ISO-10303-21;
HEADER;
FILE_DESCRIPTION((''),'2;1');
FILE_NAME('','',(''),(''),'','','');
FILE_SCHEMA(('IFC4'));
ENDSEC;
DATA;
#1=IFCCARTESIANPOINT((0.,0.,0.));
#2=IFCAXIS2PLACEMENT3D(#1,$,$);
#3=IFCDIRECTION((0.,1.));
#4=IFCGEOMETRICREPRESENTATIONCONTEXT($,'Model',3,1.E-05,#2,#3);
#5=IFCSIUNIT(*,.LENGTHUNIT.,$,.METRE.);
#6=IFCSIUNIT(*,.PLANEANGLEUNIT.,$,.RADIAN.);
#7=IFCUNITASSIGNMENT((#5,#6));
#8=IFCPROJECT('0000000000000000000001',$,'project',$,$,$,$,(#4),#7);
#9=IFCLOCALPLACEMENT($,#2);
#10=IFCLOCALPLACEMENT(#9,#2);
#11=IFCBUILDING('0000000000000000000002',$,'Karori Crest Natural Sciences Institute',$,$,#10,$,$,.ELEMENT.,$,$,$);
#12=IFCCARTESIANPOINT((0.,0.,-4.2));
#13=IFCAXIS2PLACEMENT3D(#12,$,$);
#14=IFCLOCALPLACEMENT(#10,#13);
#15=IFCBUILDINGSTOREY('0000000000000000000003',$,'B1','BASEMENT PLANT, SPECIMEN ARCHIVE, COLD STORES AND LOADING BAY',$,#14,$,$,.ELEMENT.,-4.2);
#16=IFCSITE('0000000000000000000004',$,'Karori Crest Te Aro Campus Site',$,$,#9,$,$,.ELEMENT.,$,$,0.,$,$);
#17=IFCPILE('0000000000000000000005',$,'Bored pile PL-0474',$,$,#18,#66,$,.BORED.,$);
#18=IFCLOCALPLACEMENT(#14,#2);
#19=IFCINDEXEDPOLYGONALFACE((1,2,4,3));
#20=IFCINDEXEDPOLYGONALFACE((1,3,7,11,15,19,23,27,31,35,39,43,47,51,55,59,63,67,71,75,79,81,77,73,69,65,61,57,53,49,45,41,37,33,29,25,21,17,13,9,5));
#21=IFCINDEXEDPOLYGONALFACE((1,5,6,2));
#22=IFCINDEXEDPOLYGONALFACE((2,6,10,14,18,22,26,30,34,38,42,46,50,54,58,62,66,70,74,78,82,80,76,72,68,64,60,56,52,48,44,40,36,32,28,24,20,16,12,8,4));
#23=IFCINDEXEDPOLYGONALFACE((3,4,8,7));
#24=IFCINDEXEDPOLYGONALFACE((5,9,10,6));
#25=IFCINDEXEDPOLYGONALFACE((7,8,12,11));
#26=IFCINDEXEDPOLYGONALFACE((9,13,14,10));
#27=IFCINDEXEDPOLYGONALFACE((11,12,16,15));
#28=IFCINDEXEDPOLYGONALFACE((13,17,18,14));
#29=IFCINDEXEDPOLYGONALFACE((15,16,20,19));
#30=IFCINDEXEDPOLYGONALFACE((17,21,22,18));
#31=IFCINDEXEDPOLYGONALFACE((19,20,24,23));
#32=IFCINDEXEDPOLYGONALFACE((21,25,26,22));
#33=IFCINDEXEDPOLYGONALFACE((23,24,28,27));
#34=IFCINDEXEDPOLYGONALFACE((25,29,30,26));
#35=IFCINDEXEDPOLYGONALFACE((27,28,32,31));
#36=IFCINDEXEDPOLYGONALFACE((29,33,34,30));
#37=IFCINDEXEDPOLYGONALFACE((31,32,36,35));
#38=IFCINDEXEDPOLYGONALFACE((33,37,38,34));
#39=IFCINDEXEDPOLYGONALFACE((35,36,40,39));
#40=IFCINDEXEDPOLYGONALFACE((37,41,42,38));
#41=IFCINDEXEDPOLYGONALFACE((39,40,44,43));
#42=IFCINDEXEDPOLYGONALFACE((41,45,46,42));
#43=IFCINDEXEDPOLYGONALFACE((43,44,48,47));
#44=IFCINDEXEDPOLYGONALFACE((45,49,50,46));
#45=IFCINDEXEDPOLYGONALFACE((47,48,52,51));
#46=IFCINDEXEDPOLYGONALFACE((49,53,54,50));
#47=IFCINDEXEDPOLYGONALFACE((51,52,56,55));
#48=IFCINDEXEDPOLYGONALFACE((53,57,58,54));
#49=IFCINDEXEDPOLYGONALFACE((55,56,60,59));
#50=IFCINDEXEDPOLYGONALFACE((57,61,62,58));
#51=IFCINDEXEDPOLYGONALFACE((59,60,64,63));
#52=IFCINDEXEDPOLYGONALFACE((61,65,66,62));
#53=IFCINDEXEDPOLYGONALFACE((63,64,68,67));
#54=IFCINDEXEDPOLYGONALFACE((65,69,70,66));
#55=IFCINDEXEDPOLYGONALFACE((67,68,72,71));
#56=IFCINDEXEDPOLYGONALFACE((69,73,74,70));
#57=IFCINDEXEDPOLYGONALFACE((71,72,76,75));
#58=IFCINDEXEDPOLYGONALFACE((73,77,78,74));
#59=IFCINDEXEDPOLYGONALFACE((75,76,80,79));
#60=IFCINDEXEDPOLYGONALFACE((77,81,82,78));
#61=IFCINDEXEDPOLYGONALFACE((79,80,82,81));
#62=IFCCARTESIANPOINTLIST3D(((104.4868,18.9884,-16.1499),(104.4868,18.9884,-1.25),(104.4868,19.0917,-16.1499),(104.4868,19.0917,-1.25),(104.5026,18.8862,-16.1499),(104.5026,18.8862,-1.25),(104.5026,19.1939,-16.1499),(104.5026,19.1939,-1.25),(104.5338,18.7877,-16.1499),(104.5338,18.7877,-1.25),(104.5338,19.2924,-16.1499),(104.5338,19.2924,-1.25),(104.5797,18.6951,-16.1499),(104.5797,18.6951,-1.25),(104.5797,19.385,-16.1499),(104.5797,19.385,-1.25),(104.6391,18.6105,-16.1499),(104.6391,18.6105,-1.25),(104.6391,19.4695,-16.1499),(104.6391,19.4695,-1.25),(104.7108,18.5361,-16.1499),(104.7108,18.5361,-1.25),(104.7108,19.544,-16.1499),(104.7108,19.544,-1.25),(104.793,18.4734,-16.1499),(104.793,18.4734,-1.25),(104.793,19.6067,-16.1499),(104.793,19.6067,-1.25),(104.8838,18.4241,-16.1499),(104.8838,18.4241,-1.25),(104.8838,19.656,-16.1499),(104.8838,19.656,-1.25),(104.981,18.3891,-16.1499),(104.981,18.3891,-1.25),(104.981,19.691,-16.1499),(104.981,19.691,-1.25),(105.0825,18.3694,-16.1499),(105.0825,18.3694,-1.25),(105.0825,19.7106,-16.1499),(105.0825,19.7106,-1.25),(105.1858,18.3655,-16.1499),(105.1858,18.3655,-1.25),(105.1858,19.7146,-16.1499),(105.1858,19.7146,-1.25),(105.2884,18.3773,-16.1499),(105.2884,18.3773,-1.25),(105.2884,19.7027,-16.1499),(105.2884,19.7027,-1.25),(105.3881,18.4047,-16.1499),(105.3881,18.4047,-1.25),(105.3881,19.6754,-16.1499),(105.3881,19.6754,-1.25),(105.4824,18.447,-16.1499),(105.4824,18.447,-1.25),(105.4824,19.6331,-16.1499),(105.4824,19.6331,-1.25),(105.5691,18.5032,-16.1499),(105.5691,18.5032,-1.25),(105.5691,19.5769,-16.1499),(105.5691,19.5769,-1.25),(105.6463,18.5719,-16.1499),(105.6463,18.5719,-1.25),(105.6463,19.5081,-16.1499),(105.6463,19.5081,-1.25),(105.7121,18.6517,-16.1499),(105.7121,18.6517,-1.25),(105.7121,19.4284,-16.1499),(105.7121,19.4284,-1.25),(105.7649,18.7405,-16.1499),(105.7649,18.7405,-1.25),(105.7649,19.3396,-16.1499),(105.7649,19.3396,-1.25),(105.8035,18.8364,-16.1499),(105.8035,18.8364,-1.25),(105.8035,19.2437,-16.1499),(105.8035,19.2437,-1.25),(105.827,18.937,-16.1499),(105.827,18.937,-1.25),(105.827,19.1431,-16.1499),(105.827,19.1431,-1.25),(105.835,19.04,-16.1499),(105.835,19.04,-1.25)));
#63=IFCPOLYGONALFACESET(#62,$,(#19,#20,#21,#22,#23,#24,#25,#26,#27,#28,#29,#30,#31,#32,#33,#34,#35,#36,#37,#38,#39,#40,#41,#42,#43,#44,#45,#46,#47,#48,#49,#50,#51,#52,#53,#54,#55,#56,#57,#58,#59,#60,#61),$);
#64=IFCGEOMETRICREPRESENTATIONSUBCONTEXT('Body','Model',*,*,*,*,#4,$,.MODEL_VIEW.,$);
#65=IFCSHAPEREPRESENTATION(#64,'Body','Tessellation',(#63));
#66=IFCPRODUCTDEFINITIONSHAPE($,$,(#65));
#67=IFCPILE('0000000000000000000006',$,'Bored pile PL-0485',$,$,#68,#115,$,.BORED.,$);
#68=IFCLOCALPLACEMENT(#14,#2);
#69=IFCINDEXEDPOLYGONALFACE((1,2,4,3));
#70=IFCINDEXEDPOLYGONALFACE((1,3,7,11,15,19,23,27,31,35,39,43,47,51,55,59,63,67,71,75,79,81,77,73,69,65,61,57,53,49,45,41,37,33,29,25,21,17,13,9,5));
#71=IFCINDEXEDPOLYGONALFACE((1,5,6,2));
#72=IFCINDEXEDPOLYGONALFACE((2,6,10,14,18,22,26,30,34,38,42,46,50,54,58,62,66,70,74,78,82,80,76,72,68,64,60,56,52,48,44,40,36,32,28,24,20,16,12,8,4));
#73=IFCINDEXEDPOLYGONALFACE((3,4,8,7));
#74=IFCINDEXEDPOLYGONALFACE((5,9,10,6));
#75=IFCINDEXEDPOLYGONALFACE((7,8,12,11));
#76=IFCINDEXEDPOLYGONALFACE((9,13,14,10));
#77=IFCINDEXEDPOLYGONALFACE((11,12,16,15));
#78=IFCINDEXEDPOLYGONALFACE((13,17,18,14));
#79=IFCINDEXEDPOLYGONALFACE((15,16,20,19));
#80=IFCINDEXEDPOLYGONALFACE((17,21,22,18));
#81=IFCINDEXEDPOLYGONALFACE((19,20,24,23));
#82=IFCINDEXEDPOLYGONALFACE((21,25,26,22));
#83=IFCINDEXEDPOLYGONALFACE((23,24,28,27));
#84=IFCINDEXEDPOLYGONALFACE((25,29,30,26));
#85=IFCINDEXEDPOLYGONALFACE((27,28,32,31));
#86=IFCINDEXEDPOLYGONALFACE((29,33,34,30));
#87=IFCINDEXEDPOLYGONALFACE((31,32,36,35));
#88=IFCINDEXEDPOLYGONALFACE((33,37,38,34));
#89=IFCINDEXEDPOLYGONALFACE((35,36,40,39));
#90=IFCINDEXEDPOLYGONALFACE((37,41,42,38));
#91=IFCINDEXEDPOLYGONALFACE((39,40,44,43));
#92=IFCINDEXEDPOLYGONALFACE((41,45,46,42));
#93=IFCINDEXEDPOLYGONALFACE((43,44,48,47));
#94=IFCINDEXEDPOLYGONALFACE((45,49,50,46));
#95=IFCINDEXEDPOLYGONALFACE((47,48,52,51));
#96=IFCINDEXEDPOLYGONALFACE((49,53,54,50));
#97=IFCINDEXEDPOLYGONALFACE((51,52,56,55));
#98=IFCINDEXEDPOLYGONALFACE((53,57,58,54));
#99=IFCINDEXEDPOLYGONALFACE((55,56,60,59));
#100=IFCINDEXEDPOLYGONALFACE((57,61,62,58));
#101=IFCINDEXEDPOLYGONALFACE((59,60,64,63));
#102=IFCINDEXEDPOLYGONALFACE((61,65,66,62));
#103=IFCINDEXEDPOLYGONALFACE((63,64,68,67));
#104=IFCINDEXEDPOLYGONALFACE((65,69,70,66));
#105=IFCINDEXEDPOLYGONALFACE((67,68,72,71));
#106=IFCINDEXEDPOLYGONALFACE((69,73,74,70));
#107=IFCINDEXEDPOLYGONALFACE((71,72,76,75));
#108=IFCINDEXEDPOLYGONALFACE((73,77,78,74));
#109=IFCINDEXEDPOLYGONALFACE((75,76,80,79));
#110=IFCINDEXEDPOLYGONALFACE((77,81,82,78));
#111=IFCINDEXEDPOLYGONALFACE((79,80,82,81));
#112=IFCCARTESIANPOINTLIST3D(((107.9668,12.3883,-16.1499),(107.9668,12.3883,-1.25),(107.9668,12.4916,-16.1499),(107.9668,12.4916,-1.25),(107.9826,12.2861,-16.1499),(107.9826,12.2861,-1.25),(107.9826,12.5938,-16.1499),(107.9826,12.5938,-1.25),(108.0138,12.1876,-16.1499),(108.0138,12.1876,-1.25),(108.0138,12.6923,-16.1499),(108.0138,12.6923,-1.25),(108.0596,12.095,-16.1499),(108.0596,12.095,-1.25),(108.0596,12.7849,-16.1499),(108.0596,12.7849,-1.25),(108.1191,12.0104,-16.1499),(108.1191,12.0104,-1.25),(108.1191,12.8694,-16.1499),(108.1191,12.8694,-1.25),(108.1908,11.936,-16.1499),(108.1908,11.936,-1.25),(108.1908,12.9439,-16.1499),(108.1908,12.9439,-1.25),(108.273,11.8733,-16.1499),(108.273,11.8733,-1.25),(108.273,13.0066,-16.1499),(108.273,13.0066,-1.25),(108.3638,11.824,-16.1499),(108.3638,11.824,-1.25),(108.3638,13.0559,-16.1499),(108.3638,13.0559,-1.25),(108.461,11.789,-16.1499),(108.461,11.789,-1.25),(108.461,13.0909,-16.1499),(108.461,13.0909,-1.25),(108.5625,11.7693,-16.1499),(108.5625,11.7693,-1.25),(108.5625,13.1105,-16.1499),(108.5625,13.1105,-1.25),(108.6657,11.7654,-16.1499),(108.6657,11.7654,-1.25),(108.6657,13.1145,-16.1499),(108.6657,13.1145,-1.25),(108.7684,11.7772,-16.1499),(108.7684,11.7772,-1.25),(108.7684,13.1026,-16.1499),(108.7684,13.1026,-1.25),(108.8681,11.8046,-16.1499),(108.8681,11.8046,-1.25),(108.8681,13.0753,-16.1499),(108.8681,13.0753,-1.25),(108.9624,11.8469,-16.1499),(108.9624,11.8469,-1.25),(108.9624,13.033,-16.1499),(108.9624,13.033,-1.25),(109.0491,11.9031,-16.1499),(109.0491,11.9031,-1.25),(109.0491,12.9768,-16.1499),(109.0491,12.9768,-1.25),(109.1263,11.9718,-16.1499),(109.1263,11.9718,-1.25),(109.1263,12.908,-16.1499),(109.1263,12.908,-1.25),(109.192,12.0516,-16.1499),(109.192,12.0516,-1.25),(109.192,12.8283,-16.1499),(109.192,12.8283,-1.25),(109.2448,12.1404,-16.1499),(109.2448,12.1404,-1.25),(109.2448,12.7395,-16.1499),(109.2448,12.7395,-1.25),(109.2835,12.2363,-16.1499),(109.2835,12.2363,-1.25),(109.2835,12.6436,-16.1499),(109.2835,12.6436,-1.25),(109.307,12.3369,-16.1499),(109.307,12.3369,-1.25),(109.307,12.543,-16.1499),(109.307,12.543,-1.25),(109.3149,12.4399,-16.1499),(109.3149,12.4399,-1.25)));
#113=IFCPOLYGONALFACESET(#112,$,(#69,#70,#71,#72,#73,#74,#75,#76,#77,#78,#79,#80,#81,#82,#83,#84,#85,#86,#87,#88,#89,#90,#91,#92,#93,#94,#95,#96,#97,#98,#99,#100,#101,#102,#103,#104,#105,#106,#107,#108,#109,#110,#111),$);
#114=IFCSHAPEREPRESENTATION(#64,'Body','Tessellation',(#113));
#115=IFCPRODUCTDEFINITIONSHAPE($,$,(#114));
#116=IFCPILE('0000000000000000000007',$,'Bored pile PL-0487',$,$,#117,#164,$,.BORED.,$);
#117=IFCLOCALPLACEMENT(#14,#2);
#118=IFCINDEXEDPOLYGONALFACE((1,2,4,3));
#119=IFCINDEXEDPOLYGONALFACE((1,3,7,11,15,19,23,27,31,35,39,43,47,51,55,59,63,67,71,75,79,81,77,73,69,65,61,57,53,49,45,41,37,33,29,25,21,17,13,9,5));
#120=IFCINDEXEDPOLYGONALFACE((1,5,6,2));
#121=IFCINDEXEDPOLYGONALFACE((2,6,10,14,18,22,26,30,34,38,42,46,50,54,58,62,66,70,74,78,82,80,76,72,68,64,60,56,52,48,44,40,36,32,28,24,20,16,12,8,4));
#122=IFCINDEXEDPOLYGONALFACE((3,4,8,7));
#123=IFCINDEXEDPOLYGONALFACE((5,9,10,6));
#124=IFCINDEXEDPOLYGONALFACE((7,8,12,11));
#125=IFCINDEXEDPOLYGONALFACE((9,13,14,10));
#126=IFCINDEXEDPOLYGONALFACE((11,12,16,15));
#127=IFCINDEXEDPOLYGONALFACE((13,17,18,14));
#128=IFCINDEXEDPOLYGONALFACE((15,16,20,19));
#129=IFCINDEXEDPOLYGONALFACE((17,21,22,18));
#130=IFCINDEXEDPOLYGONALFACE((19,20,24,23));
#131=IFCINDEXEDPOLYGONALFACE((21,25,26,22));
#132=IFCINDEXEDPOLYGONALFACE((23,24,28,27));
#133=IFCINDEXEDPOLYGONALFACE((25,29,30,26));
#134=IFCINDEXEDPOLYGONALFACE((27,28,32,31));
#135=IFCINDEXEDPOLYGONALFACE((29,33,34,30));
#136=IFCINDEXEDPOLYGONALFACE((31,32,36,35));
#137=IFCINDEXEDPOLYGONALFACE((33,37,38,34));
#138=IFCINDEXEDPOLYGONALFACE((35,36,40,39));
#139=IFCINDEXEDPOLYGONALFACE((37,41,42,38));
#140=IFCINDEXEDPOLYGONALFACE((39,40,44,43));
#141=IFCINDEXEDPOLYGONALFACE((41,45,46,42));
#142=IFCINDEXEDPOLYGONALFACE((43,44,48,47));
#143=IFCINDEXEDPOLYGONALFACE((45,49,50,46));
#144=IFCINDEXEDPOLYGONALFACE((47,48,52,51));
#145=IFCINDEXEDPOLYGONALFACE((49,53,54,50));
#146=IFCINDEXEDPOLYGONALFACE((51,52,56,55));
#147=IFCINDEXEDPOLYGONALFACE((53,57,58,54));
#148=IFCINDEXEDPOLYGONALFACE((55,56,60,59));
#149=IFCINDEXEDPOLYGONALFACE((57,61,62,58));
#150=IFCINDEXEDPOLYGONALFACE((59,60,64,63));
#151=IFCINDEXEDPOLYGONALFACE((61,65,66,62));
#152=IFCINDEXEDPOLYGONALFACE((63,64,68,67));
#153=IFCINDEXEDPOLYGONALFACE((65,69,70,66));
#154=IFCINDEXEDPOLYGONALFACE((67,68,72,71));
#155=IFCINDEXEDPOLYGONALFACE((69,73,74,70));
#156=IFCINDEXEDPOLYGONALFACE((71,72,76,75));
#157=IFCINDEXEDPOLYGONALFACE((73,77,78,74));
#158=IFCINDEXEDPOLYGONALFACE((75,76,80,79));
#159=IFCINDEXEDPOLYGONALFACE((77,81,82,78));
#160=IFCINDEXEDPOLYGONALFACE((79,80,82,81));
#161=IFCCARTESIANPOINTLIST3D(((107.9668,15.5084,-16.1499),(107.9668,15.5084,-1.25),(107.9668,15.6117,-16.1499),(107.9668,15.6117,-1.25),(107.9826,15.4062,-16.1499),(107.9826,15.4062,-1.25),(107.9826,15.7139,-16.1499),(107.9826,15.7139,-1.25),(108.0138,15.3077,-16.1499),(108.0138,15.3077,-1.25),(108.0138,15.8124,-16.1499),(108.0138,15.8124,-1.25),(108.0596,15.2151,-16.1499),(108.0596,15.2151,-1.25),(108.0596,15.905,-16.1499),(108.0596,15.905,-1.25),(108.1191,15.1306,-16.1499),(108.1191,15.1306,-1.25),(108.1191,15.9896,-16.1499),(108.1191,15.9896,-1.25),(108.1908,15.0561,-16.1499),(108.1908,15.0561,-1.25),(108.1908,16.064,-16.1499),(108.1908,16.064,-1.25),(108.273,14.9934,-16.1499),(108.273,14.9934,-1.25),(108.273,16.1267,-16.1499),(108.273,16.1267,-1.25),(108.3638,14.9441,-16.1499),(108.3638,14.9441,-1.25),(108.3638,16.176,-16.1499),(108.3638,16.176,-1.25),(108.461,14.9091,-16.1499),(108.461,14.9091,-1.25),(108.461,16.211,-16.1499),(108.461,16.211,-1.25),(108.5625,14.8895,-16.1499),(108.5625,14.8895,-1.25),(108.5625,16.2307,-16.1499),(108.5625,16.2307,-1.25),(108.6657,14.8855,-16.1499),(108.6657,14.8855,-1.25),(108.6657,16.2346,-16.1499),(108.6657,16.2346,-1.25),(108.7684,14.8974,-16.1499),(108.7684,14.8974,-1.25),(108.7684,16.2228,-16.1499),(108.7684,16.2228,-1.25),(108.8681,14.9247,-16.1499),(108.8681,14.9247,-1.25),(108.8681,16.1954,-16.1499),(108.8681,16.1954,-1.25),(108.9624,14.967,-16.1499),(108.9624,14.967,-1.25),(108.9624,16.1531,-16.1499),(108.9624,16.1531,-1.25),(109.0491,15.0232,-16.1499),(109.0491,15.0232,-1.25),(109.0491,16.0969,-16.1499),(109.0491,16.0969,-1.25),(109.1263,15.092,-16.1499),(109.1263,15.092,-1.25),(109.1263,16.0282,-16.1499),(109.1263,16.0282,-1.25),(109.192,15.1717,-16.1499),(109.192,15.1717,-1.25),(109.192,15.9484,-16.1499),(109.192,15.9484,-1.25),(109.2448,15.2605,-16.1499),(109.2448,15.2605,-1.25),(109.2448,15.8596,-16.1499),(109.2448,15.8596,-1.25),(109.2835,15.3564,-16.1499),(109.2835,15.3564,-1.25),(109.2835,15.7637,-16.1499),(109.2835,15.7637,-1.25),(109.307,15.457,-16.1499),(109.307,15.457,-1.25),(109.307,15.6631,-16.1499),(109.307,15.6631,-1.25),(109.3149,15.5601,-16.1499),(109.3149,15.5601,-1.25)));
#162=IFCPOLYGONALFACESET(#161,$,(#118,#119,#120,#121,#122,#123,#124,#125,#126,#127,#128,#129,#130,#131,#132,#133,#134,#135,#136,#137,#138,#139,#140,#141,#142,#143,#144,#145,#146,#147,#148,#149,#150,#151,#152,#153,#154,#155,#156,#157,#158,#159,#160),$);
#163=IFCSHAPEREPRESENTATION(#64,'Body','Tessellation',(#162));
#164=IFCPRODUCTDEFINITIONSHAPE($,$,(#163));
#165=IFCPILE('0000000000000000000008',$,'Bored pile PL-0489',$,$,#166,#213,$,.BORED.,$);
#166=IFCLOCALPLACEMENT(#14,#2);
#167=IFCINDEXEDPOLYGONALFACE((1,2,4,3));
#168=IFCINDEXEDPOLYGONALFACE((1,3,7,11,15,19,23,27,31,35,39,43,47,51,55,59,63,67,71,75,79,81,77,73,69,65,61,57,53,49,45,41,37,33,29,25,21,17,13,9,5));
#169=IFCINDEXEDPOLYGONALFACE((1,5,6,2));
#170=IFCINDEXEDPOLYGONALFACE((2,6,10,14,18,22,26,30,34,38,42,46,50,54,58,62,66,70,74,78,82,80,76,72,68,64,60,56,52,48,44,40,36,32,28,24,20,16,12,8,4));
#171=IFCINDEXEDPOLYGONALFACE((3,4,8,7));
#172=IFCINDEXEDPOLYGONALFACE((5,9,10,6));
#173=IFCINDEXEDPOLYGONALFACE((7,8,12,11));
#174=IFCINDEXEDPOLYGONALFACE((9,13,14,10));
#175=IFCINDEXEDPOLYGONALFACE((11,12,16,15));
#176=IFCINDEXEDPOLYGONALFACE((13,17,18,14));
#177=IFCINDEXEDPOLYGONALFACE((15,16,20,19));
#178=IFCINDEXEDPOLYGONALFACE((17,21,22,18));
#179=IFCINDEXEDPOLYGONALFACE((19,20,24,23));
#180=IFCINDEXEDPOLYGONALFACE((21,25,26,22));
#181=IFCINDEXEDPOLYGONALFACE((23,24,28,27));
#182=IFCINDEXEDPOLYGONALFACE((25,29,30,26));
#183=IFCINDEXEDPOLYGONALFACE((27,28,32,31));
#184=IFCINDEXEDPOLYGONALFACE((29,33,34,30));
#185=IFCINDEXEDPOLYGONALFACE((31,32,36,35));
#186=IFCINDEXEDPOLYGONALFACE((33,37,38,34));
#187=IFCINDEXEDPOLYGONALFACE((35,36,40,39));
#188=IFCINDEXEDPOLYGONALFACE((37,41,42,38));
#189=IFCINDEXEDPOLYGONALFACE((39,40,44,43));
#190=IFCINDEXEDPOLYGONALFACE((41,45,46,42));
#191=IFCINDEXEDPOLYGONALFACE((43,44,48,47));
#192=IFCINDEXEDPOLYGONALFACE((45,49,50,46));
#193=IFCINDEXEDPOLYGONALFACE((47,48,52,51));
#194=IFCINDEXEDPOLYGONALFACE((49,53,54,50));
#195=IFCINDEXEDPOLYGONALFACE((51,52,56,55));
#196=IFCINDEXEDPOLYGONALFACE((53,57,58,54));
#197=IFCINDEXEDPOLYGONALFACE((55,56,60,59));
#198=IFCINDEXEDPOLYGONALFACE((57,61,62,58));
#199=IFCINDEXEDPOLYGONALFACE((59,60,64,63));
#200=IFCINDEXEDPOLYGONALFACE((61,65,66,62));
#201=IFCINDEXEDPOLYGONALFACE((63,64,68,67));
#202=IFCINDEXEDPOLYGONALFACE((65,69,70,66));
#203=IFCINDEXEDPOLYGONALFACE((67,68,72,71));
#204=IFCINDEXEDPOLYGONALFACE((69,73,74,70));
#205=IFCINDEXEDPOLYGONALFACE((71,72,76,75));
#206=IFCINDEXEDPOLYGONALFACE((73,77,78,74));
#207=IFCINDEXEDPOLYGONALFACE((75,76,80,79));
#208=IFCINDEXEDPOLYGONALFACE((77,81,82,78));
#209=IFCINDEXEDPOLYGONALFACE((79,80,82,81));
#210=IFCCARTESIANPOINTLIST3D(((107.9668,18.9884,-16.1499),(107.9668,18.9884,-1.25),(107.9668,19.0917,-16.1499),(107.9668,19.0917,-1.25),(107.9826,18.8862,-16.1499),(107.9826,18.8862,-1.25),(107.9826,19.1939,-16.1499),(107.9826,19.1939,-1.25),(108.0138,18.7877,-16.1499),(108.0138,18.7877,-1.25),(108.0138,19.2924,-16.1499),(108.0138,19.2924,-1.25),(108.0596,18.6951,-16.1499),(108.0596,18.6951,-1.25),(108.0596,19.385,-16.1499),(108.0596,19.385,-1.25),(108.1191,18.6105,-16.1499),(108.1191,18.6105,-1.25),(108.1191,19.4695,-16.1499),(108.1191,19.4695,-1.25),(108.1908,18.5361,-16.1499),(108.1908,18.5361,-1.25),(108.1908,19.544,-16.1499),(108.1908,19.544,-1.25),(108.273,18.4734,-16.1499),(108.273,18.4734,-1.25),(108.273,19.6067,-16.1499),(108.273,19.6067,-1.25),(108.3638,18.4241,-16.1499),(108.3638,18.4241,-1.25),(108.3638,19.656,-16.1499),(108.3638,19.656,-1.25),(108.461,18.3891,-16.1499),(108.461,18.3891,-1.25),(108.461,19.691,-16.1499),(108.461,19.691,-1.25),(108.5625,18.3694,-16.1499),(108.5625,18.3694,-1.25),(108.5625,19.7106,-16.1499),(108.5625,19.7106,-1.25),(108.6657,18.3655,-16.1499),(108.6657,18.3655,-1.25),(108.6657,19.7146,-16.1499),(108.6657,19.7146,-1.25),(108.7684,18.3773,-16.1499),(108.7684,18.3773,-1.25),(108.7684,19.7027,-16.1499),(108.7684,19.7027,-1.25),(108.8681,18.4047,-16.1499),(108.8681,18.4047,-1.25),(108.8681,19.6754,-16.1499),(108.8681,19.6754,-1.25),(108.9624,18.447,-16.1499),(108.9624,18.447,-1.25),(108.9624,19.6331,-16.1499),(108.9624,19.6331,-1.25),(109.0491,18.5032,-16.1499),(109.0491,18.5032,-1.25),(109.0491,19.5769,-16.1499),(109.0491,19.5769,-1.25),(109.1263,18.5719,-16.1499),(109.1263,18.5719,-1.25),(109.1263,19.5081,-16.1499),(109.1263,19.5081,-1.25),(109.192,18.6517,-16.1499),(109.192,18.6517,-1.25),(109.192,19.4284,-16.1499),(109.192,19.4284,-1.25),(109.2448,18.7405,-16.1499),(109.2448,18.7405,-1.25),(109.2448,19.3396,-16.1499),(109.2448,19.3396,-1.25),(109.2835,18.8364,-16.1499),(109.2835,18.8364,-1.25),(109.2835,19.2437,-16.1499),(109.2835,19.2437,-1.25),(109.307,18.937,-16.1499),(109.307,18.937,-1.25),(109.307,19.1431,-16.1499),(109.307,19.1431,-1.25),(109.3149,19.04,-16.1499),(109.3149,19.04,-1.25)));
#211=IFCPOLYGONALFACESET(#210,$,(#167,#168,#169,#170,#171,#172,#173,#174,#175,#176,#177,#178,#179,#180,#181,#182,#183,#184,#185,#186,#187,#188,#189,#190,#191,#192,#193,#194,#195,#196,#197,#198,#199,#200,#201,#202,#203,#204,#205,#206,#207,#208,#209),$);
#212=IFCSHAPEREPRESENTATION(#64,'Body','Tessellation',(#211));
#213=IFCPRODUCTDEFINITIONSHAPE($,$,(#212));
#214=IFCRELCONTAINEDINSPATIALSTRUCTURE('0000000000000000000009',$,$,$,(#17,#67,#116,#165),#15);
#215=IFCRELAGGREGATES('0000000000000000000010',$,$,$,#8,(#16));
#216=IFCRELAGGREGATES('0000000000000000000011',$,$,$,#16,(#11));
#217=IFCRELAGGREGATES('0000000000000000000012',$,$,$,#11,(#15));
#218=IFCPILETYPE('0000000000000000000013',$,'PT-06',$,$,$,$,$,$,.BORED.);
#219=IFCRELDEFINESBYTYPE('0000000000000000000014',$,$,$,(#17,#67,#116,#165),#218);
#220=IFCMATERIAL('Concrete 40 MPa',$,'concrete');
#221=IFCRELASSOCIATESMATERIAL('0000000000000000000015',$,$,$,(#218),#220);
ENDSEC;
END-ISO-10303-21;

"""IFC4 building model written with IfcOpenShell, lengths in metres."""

from ifc_helpers import new_model, si_unit, direction, frame, origin, origin_2d, place, context, subcontext, project, spatial, circle, extrude, material, material_profile, profile_set, type_object, element, save


model = new_model("IFC4")

# Units and contexts
model_context = context("Model", 3, precision=1e-05, world=origin(), true_north=direction((0.0, 1.0)))
body_context = subcontext(model_context, "Body", "Model", "MODEL_VIEW")
ifc_project = project(units=[si_unit("LENGTHUNIT", "METRE"), si_unit("PLANEANGLEUNIT", "RADIAN")], contexts=[model_context])

# Site, building, storey
site_placement = place(None, origin())
site = spatial("IfcSite", under=ifc_project, at=site_placement, Name="Karori Crest Te Aro Campus Site", CompositionType="ELEMENT", RefElevation=0.0)
building_placement = place(site_placement, origin())
building = spatial("IfcBuilding", under=site, at=building_placement, Name="Karori Crest Natural Sciences Institute", CompositionType="ELEMENT")
storey_placement = place(building_placement, frame((0.0, 0.0, -4.2)))
storey = spatial("IfcBuildingStorey", under=building, at=storey_placement, Name="B1", Description="BASEMENT PLANT, SPECIMEN ARCHIVE, COLD STORES AND LOADING BAY", CompositionType="ELEMENT", Elevation=-4.2)

# Shared definitions
ifc_material_1 = material(Name="Concrete 40 MPa", Category="concrete")

# Piles
ifc_material_profile_1 = material_profile(ifc_material_1, circle(Radius=0.675, at=origin_2d()), Name="PILE1350")
ifc_profile_set_1 = profile_set([ifc_material_profile_1], Name="Concrete 40 MPa")
pile_type = type_object("IfcPileType", Name="PT-06", PredefinedType="BORED", material=ifc_profile_set_1)
for number, where, z_axis, x_axis, name in (
    (1, (105.1599, 19.04, -1.25), (0.0, 0.0, -1.0), (1.0, 0.0, 0.0), "Bored pile PL-0474"),
    (2, (108.6399, 12.4399, -1.25), (0.0, 0.0, -1.0), (1.0, 0.0, 0.0), "Bored pile PL-0485"),
    (3, (108.6399, 15.5601, -1.25), (0.0, 0.0, -1.0), (1.0, 0.0, 0.0), "Bored pile PL-0487"),
    (4, (108.6399, 19.04, -1.25), (0.0, 0.0, -1.0), (1.0, 0.0, 0.0), "Bored pile PL-0489"),
):
    element("IfcPile", number, at=place(storey_placement, frame(where, z_axis=z_axis, x_axis=x_axis)), inside=storey, type_object=pile_type, Name=name, PredefinedType="BORED", context=body_context, shape_type="SweptSolid", body=[
        extrude(circle(Radius=0.675, at=origin_2d()), origin(), (0.0, 0.0, 1.0), 14.8999),
    ])

save(model, "model.ifc")
